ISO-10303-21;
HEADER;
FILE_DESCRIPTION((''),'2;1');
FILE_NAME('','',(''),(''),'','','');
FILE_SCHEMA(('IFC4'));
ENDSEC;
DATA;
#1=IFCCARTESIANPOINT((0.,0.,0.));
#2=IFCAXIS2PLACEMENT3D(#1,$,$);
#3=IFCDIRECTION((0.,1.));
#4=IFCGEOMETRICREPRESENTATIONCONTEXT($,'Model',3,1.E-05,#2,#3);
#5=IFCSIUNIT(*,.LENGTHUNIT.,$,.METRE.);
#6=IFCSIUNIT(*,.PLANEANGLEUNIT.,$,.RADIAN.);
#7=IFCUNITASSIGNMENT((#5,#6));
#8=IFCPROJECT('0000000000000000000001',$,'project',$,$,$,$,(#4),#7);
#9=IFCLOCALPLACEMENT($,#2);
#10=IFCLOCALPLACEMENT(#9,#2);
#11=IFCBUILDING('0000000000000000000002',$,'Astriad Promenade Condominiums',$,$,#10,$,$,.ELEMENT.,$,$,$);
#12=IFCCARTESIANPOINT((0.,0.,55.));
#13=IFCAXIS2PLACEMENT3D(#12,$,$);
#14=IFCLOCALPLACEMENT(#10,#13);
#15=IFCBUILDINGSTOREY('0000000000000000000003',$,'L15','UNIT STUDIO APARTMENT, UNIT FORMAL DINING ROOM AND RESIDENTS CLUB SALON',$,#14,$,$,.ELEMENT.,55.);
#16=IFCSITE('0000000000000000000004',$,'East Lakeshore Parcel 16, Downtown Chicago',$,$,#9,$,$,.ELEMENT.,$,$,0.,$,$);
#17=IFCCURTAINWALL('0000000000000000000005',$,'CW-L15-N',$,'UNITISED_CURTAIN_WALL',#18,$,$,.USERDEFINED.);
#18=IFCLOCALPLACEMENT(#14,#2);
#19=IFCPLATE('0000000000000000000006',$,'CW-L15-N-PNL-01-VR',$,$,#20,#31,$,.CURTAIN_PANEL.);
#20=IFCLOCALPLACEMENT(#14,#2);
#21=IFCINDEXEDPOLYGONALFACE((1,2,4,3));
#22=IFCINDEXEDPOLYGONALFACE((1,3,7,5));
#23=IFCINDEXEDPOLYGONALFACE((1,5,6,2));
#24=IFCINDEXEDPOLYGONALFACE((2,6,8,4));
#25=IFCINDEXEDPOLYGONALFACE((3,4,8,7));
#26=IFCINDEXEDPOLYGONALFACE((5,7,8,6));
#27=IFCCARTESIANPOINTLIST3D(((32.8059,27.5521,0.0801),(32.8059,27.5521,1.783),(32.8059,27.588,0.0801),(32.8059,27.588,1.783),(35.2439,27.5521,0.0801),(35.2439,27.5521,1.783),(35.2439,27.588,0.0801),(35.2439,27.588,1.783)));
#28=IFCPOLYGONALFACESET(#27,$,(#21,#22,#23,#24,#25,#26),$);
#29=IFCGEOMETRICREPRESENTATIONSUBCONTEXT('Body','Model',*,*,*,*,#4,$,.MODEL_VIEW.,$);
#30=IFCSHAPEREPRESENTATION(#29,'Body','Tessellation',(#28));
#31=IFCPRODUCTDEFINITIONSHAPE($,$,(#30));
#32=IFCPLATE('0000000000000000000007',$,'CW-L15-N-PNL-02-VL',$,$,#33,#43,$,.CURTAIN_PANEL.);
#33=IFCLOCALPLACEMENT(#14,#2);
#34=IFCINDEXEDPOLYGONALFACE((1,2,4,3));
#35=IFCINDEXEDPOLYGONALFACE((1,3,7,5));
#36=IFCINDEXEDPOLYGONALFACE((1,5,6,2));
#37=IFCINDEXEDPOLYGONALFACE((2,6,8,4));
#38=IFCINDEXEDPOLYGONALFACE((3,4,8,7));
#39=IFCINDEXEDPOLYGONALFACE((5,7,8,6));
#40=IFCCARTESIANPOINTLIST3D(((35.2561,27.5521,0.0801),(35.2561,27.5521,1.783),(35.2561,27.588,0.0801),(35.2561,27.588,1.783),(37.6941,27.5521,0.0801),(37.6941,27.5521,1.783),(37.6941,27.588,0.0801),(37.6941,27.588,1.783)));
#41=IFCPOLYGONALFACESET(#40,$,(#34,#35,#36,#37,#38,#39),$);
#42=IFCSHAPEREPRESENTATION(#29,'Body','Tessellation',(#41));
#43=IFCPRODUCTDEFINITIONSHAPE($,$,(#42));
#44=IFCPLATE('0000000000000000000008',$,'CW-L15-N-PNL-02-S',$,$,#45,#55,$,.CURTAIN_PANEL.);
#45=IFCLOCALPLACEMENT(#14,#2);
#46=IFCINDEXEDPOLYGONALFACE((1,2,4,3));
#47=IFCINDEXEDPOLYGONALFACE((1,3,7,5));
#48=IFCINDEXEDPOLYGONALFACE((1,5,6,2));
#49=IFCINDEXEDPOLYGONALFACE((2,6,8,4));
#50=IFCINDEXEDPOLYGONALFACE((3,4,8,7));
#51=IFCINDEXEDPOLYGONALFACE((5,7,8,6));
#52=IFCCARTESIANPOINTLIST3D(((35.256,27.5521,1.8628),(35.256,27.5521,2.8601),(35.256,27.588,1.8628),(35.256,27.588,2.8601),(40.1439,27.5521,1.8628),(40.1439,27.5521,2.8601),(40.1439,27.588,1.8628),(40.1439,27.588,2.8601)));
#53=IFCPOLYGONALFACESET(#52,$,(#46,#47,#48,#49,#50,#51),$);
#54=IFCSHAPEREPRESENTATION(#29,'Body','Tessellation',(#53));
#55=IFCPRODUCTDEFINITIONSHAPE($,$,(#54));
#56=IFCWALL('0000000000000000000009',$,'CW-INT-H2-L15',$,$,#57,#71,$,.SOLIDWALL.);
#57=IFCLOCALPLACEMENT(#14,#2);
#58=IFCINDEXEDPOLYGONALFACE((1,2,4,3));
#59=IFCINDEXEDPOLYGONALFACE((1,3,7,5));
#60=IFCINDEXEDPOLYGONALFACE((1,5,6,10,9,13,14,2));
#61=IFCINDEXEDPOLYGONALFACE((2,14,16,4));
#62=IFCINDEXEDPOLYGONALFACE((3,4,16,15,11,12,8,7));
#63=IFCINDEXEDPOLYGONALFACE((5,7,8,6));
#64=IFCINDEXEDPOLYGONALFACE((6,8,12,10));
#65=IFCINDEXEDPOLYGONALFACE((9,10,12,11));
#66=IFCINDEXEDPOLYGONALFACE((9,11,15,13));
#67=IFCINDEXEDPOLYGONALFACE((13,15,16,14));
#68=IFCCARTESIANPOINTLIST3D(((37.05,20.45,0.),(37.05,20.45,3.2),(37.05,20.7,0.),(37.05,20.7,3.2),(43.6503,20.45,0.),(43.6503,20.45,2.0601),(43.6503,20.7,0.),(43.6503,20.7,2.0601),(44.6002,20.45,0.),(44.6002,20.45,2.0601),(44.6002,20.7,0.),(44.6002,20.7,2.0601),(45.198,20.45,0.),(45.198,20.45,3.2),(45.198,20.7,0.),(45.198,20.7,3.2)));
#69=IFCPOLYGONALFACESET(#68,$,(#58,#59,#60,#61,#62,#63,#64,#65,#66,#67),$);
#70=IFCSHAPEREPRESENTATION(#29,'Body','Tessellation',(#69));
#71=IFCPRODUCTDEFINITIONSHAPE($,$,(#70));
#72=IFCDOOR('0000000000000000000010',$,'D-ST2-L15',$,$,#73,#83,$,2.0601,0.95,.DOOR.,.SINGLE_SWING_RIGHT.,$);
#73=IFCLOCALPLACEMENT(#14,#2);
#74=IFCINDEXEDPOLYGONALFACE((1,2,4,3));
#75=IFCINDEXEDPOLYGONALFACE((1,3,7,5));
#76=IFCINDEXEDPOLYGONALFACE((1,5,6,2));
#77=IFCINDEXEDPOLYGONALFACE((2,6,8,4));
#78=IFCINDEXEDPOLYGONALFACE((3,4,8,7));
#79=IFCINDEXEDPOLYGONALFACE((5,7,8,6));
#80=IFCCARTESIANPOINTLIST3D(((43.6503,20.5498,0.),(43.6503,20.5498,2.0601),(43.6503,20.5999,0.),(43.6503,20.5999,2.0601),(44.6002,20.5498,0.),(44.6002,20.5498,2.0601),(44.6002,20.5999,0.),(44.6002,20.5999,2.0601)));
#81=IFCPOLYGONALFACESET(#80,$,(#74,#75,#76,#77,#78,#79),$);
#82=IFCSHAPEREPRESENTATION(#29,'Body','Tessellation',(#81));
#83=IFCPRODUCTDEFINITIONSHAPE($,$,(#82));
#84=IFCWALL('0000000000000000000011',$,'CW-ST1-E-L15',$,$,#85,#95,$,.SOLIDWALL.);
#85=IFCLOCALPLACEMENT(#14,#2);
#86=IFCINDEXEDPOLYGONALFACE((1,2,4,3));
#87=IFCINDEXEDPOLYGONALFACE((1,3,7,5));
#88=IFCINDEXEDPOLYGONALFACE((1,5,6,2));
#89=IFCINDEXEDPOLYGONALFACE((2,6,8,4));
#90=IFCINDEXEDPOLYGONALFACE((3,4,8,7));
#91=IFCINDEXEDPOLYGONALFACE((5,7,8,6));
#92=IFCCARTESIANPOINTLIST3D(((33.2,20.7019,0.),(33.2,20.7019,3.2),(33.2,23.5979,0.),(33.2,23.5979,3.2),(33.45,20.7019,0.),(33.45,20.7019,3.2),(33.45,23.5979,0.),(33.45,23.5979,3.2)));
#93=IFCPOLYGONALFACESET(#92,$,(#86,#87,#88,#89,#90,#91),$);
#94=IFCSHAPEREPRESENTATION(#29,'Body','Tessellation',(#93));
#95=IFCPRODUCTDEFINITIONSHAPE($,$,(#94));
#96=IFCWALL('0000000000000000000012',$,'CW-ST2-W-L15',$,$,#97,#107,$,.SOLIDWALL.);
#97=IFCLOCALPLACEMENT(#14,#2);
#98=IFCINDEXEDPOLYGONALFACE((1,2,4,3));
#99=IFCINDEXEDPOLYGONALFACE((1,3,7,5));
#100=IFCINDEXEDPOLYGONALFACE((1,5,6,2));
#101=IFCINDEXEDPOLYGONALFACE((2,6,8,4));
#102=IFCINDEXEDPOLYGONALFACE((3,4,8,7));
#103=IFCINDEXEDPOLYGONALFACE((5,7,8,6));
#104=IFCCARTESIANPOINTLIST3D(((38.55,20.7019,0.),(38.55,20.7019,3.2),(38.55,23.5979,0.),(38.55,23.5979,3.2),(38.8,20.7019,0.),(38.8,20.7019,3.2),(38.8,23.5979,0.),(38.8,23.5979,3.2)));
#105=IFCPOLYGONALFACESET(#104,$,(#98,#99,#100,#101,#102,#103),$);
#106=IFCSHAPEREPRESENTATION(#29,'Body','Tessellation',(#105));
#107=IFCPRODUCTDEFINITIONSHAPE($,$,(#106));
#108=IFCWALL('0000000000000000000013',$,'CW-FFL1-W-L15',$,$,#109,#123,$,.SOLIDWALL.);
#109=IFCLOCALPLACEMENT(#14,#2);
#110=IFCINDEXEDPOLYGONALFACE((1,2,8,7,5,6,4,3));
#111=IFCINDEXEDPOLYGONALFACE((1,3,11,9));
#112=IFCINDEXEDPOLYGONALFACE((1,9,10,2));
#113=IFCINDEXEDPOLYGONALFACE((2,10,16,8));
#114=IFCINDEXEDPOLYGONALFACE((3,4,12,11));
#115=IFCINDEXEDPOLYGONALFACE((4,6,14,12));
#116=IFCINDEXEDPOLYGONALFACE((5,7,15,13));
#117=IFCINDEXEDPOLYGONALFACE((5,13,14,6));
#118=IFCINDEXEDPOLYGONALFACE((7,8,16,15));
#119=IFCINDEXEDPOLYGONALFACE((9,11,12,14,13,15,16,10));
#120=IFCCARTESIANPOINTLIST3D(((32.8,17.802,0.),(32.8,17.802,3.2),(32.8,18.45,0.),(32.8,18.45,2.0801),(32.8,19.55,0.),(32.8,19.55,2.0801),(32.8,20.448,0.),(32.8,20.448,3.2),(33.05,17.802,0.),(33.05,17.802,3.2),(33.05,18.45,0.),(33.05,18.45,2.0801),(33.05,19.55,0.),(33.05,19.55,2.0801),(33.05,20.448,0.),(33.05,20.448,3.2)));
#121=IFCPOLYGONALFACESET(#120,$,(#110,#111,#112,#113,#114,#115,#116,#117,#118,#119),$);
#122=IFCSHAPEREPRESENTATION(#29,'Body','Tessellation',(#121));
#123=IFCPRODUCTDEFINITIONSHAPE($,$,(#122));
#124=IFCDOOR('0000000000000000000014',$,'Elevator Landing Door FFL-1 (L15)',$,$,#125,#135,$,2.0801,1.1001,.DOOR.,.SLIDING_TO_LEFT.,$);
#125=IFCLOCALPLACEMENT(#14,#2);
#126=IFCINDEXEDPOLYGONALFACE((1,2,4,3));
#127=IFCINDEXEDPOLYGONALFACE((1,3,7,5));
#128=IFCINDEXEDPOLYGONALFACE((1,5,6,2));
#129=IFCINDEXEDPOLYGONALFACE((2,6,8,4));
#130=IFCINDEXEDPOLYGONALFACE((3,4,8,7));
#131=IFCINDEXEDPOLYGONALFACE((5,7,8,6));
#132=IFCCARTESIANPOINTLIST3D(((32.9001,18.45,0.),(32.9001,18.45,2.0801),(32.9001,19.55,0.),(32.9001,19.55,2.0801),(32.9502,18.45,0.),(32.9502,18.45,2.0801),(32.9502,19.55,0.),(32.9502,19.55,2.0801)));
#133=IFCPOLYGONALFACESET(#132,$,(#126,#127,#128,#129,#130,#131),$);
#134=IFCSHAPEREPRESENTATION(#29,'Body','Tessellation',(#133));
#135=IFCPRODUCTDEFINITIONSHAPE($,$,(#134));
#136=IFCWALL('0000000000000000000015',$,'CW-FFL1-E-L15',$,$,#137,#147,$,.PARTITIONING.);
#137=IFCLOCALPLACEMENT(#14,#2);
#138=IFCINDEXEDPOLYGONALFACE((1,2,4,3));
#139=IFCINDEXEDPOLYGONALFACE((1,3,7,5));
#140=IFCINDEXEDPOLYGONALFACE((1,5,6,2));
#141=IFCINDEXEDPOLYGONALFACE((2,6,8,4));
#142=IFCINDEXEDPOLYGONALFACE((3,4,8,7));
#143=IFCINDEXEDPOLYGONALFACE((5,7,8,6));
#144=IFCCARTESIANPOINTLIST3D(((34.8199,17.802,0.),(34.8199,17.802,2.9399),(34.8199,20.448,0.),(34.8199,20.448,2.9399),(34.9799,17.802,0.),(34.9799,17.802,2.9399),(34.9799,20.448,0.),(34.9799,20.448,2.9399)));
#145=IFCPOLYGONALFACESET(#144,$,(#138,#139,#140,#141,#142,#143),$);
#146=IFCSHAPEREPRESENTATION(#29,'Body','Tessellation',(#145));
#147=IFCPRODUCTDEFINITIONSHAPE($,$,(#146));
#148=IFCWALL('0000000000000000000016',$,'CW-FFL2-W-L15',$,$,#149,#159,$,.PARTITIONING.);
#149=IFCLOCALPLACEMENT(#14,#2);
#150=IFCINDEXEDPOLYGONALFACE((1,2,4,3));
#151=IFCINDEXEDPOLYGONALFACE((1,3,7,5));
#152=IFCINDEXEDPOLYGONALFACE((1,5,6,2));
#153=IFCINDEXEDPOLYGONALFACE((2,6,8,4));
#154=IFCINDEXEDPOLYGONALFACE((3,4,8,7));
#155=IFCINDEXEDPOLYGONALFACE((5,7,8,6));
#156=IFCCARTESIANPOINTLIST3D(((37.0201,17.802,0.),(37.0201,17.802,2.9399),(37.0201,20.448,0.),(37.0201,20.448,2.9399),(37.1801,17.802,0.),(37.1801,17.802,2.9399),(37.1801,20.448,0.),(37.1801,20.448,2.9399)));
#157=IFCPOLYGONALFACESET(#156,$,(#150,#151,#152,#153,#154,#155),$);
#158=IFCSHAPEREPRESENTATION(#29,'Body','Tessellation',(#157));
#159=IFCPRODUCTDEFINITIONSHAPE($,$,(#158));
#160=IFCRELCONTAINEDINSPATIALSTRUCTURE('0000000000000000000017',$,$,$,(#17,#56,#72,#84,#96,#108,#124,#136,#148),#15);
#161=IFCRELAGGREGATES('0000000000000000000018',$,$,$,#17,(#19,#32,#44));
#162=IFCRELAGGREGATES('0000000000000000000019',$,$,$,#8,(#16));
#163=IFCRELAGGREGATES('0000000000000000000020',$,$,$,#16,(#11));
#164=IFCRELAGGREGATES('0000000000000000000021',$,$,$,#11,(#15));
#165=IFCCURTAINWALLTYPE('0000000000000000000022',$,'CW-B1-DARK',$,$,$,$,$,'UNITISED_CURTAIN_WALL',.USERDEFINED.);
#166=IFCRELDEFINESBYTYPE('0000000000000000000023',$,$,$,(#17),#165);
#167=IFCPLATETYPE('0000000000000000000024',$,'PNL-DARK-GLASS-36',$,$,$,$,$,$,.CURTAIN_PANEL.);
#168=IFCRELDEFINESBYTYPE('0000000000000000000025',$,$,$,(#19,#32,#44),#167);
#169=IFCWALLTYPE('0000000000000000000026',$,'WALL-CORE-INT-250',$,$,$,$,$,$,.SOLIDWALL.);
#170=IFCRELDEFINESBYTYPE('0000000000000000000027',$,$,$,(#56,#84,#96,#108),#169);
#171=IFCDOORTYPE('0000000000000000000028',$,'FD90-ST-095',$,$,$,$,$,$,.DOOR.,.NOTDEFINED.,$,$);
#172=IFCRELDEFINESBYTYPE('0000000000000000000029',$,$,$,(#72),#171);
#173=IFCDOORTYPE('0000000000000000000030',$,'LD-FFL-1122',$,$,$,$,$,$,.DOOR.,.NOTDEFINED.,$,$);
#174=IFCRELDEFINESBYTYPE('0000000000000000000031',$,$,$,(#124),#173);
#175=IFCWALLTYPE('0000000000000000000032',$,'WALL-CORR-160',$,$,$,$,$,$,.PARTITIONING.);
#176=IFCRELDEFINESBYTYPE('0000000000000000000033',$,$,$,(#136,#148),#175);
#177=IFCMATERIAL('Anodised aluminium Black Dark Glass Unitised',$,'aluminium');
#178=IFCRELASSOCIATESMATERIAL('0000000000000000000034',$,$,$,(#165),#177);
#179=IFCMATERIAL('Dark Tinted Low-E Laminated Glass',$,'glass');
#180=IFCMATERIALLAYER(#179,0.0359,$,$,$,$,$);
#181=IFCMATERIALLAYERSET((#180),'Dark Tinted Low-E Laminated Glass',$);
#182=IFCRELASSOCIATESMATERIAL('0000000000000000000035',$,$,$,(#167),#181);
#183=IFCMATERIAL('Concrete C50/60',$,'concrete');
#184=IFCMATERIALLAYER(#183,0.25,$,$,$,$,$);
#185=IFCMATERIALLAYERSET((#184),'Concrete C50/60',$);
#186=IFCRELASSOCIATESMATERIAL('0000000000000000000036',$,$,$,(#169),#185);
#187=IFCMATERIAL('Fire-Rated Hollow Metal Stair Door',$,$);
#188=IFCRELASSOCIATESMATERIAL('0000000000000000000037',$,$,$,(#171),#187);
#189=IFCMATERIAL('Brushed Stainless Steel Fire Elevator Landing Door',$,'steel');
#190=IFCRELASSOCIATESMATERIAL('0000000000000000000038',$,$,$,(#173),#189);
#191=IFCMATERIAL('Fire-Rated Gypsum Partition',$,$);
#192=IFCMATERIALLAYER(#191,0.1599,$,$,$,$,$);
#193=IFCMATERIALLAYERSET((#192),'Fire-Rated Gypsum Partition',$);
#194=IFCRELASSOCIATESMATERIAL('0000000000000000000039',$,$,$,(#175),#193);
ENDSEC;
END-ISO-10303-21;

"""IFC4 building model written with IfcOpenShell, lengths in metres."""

from ifc_helpers import new_model, si_unit, direction, frame, frame_2d, origin, origin_2d, place, context, subcontext, project, spatial, rectangle, extrude, source, transform, mapped, material, layer, layer_set, type_object, type_shapes, element, fill, aggregate, save


model = new_model("IFC4")

# Units and contexts
model_context = context("Model", 3, precision=1e-05, world=origin(), true_north=direction((0.0, 1.0)))
body_context = subcontext(model_context, "Body", "Model", "MODEL_VIEW")
ifc_project = project(units=[si_unit("LENGTHUNIT", "METRE"), si_unit("PLANEANGLEUNIT", "RADIAN")], contexts=[model_context])

# Site, building, storey
site_placement = place(None, origin())
site = spatial("IfcSite", under=ifc_project, at=site_placement, Name="East Lakeshore Parcel 16, Downtown Chicago", CompositionType="ELEMENT", RefElevation=0.0)
building_placement = place(site_placement, origin())
building = spatial("IfcBuilding", under=site, at=building_placement, Name="Astriad Promenade Condominiums", CompositionType="ELEMENT")
storey_placement = place(building_placement, frame((0.0, 0.0, 55.0)))
storey = spatial("IfcBuildingStorey", under=building, at=storey_placement, Name="L15", Description="UNIT STUDIO APARTMENT, UNIT FORMAL DINING ROOM AND RESIDENTS CLUB SALON", CompositionType="ELEMENT", Elevation=55.0)

# Curtain wall, plates
ifc_material_1 = material(Name="Anodised aluminium Black Dark Glass Unitised", Category="aluminium")
curtain_wall_type = type_object("IfcCurtainWallType", Name="CW-B1-DARK", ElementType="UNITISED_CURTAIN_WALL", PredefinedType="USERDEFINED", material=ifc_material_1)
curtain_wall_placement = place(storey_placement, origin())
curtain_wall = element("IfcCurtainWall", 1, at=curtain_wall_placement, inside=storey, type_object=curtain_wall_type, Name="CW-L15-N", ObjectType="UNITISED_CURTAIN_WALL", PredefinedType="USERDEFINED")
ifc_material_2 = material(Name="Dark Tinted Low-E Laminated Glass", Category="glass")
ifc_layer_1 = layer(ifc_material_2, 0.0359)
ifc_layer_set_1 = layer_set([ifc_layer_1], Name="Dark Tinted Low-E Laminated Glass")
plate_type = type_object("IfcPlateType", Name="PNL-DARK-GLASS-36", PredefinedType="CURTAIN_PANEL", material=ifc_layer_set_1)
shared_shape_1 = source(origin(), body_context, "Body", "SweptSolid", [
    extrude(rectangle(XDim=2.438, YDim=0.0359, at=origin_2d()), origin(), (0.0, 0.0, 1.0), 1.7029),
])
plate_1_placement = place(storey_placement, frame((34.0249, 27.5701, 0.0801), z_axis=(0.0, 0.0, 1.0), x_axis=(1.0, 0.0, 0.0)))
plate_1 = element("IfcPlate", 2, at=plate_1_placement, type_object=plate_type, Name="CW-L15-N-PNL-01-VR", PredefinedType="CURTAIN_PANEL", context=body_context, shape_type="MappedRepresentation", body=[
    mapped(shared_shape_1, transform((0.0, 0.0, 0.0), scale=1.0)),
])
plate_2_placement = place(storey_placement, frame((36.4751, 27.5701, 0.0801), z_axis=(0.0, 0.0, 1.0), x_axis=(1.0, 0.0, 0.0)))
plate_2 = element("IfcPlate", 3, at=plate_2_placement, type_object=plate_type, Name="CW-L15-N-PNL-02-VL", PredefinedType="CURTAIN_PANEL", context=body_context, shape_type="MappedRepresentation", body=[
    mapped(shared_shape_1, transform((0.0, 0.0, 0.0), scale=1.0)),
])
shared_shape_2 = source(origin(), body_context, "Body", "SweptSolid", [
    extrude(rectangle(XDim=4.8879, YDim=0.0359, at=origin_2d()), origin(), (0.0, 0.0, 1.0), 0.9973),
])
type_shapes(plate_type, [shared_shape_1, shared_shape_2])
plate_3_placement = place(storey_placement, frame((37.7, 27.5701, 1.8628), z_axis=(0.0, 0.0, 1.0), x_axis=(1.0, 0.0, 0.0)))
plate_3 = element("IfcPlate", 4, at=plate_3_placement, type_object=plate_type, Name="CW-L15-N-PNL-02-S", PredefinedType="CURTAIN_PANEL", context=body_context, shape_type="MappedRepresentation", body=[
    mapped(shared_shape_2, transform((0.0, 0.0, 0.0), scale=1.0)),
])
aggregate(curtain_wall, [plate_1, plate_2, plate_3])

# Wall, opening, door
ifc_material_3 = material(Name="Concrete C50/60", Category="concrete")
ifc_layer_2 = layer(ifc_material_3, 0.25)
ifc_layer_set_2 = layer_set([ifc_layer_2], Name="Concrete C50/60")
wall_type_1 = type_object("IfcWallType", Name="WALL-CORE-INT-250", PredefinedType="SOLIDWALL", material=ifc_layer_set_2)
wall_1_placement = place(storey_placement, frame((37.05, 20.575, 0.0), z_axis=(0.0, 0.0, 1.0), x_axis=(1.0, 0.0, 0.0)))
wall_1 = element("IfcWall", 5, at=wall_1_placement, inside=storey, type_object=wall_type_1, Name="CW-INT-H2-L15", PredefinedType="SOLIDWALL", context=body_context, shape_type="SweptSolid", body=[
    extrude(rectangle(XDim=8.1479, YDim=0.25, at=frame_2d((4.074, 0.0))), origin(), (0.0, 0.0, 1.0), 3.2),
])
opening_1_placement = place(wall_1_placement, frame((6.6001, 0.0, 0.0)))
opening_1 = element("IfcOpeningElement", 6, at=opening_1_placement, cuts=wall_1, PredefinedType="OPENING", context=body_context, shape_type="SweptSolid", body=[
    extrude(rectangle(XDim=0.95, YDim=2.0601, at=frame_2d((0.4751, 1.03))), frame((0.0, 0.135, 0.0), z_axis=(0.0, -1.0, 0.0), x_axis=(1.0, 0.0, 0.0)), (0.0, 0.0, 1.0), 0.27),
])
ifc_material_4 = material(Name="Fire-Rated Hollow Metal Stair Door")
door_type_1 = type_object("IfcDoorType", Name="FD90-ST-095", OperationType="NOTDEFINED", PredefinedType="DOOR", material=ifc_material_4)
shared_shape_3 = source(origin(), body_context, "Body", "SweptSolid", [
    extrude(rectangle(XDim=0.95, YDim=2.0601, at=frame_2d((0.4751, 1.03))), frame((0.0, 0.0249, 0.0), z_axis=(0.0, -1.0, 0.0), x_axis=(1.0, 0.0, 0.0)), (0.0, 0.0, 1.0), 0.05),
])
type_shapes(door_type_1, [shared_shape_3])
door_1_placement = place(opening_1_placement, origin())
door_1 = element("IfcDoor", 7, at=door_1_placement, inside=storey, type_object=door_type_1, Name="D-ST2-L15", OperationType="SINGLE_SWING_RIGHT", OverallHeight=2.0601, OverallWidth=0.95, PredefinedType="DOOR", context=body_context, shape_type="MappedRepresentation", body=[
    mapped(shared_shape_3, transform((0.0, 0.0, 0.0), scale=1.0)),
])
fill(opening_1, door_1)

# Walls
for number, where, z_axis, x_axis, name in (
    (8, (33.325, 20.7019, 0.0), (0.0, 0.0, 1.0), (0.0, 1.0, 0.0), "CW-ST1-E-L15"),
    (9, (38.675, 20.7019, 0.0), (0.0, 0.0, 1.0), (0.0, 1.0, 0.0), "CW-ST2-W-L15"),
):
    element("IfcWall", number, at=place(storey_placement, frame(where, z_axis=z_axis, x_axis=x_axis)), inside=storey, type_object=wall_type_1, Name=name, PredefinedType="SOLIDWALL", context=body_context, shape_type="SweptSolid", body=[
        extrude(rectangle(XDim=2.896, YDim=0.25, at=frame_2d((1.448, 0.0))), origin(), (0.0, 0.0, 1.0), 3.2),
    ])

# Wall, opening, door
wall_2_placement = place(storey_placement, frame((32.925, 17.802, 0.0), z_axis=(0.0, 0.0, 1.0), x_axis=(0.0, 1.0, 0.0)))
wall_2 = element("IfcWall", 10, at=wall_2_placement, inside=storey, type_object=wall_type_1, Name="CW-FFL1-W-L15", PredefinedType="SOLIDWALL", context=body_context, shape_type="SweptSolid", body=[
    extrude(rectangle(XDim=2.646, YDim=0.25, at=frame_2d((1.323, 0.0))), origin(), (0.0, 0.0, 1.0), 3.2),
])
opening_2_placement = place(wall_2_placement, frame((0.6479, 0.0, 0.0)))
opening_2 = element("IfcOpeningElement", 11, at=opening_2_placement, cuts=wall_2, PredefinedType="OPENING", context=body_context, shape_type="SweptSolid", body=[
    extrude(rectangle(XDim=1.1001, YDim=2.0801, at=frame_2d((0.55, 1.04))), frame((0.0, 0.135, 0.0), z_axis=(0.0, -1.0, 0.0), x_axis=(1.0, 0.0, 0.0)), (0.0, 0.0, 1.0), 0.27),
])
ifc_material_5 = material(Name="Brushed Stainless Steel Fire Elevator Landing Door", Category="steel")
door_type_2 = type_object("IfcDoorType", Name="LD-FFL-1122", OperationType="NOTDEFINED", PredefinedType="DOOR", material=ifc_material_5)
shared_shape_4 = source(origin(), body_context, "Body", "SweptSolid", [
    extrude(rectangle(XDim=1.1001, YDim=2.0801, at=frame_2d((0.55, 1.04))), frame((0.0, 0.0249, 0.0), z_axis=(0.0, -1.0, 0.0), x_axis=(1.0, 0.0, 0.0)), (0.0, 0.0, 1.0), 0.05),
])
type_shapes(door_type_2, [shared_shape_4])
door_2_placement = place(opening_2_placement, origin())
door_2 = element("IfcDoor", 12, at=door_2_placement, inside=storey, type_object=door_type_2, Name="Elevator Landing Door FFL-1 (L15)", OperationType="SLIDING_TO_LEFT", OverallHeight=2.0801, OverallWidth=1.1001, PredefinedType="DOOR", context=body_context, shape_type="MappedRepresentation", body=[
    mapped(shared_shape_4, transform((0.0, 0.0, 0.0), scale=1.0)),
])
fill(opening_2, door_2)

# Walls
ifc_material_6 = material(Name="Fire-Rated Gypsum Partition")
ifc_layer_3 = layer(ifc_material_6, 0.1599)
ifc_layer_set_3 = layer_set([ifc_layer_3], Name="Fire-Rated Gypsum Partition")
wall_type_2 = type_object("IfcWallType", Name="WALL-CORR-160", PredefinedType="PARTITIONING", material=ifc_layer_set_3)
for number, where, z_axis, x_axis, name in (
    (13, (34.8999, 17.802, 0.0), (0.0, 0.0, 1.0), (0.0, 1.0, 0.0), "CW-FFL1-E-L15"),
    (14, (37.1001, 17.802, 0.0), (0.0, 0.0, 1.0), (0.0, 1.0, 0.0), "CW-FFL2-W-L15"),
):
    element("IfcWall", number, at=place(storey_placement, frame(where, z_axis=z_axis, x_axis=x_axis)), inside=storey, type_object=wall_type_2, Name=name, PredefinedType="PARTITIONING", context=body_context, shape_type="SweptSolid", body=[
        extrude(rectangle(XDim=2.646, YDim=0.1599, at=frame_2d((1.323, 0.0))), origin(), (0.0, 0.0, 1.0), 2.9399),
    ])

save(model, "model.ifc")
